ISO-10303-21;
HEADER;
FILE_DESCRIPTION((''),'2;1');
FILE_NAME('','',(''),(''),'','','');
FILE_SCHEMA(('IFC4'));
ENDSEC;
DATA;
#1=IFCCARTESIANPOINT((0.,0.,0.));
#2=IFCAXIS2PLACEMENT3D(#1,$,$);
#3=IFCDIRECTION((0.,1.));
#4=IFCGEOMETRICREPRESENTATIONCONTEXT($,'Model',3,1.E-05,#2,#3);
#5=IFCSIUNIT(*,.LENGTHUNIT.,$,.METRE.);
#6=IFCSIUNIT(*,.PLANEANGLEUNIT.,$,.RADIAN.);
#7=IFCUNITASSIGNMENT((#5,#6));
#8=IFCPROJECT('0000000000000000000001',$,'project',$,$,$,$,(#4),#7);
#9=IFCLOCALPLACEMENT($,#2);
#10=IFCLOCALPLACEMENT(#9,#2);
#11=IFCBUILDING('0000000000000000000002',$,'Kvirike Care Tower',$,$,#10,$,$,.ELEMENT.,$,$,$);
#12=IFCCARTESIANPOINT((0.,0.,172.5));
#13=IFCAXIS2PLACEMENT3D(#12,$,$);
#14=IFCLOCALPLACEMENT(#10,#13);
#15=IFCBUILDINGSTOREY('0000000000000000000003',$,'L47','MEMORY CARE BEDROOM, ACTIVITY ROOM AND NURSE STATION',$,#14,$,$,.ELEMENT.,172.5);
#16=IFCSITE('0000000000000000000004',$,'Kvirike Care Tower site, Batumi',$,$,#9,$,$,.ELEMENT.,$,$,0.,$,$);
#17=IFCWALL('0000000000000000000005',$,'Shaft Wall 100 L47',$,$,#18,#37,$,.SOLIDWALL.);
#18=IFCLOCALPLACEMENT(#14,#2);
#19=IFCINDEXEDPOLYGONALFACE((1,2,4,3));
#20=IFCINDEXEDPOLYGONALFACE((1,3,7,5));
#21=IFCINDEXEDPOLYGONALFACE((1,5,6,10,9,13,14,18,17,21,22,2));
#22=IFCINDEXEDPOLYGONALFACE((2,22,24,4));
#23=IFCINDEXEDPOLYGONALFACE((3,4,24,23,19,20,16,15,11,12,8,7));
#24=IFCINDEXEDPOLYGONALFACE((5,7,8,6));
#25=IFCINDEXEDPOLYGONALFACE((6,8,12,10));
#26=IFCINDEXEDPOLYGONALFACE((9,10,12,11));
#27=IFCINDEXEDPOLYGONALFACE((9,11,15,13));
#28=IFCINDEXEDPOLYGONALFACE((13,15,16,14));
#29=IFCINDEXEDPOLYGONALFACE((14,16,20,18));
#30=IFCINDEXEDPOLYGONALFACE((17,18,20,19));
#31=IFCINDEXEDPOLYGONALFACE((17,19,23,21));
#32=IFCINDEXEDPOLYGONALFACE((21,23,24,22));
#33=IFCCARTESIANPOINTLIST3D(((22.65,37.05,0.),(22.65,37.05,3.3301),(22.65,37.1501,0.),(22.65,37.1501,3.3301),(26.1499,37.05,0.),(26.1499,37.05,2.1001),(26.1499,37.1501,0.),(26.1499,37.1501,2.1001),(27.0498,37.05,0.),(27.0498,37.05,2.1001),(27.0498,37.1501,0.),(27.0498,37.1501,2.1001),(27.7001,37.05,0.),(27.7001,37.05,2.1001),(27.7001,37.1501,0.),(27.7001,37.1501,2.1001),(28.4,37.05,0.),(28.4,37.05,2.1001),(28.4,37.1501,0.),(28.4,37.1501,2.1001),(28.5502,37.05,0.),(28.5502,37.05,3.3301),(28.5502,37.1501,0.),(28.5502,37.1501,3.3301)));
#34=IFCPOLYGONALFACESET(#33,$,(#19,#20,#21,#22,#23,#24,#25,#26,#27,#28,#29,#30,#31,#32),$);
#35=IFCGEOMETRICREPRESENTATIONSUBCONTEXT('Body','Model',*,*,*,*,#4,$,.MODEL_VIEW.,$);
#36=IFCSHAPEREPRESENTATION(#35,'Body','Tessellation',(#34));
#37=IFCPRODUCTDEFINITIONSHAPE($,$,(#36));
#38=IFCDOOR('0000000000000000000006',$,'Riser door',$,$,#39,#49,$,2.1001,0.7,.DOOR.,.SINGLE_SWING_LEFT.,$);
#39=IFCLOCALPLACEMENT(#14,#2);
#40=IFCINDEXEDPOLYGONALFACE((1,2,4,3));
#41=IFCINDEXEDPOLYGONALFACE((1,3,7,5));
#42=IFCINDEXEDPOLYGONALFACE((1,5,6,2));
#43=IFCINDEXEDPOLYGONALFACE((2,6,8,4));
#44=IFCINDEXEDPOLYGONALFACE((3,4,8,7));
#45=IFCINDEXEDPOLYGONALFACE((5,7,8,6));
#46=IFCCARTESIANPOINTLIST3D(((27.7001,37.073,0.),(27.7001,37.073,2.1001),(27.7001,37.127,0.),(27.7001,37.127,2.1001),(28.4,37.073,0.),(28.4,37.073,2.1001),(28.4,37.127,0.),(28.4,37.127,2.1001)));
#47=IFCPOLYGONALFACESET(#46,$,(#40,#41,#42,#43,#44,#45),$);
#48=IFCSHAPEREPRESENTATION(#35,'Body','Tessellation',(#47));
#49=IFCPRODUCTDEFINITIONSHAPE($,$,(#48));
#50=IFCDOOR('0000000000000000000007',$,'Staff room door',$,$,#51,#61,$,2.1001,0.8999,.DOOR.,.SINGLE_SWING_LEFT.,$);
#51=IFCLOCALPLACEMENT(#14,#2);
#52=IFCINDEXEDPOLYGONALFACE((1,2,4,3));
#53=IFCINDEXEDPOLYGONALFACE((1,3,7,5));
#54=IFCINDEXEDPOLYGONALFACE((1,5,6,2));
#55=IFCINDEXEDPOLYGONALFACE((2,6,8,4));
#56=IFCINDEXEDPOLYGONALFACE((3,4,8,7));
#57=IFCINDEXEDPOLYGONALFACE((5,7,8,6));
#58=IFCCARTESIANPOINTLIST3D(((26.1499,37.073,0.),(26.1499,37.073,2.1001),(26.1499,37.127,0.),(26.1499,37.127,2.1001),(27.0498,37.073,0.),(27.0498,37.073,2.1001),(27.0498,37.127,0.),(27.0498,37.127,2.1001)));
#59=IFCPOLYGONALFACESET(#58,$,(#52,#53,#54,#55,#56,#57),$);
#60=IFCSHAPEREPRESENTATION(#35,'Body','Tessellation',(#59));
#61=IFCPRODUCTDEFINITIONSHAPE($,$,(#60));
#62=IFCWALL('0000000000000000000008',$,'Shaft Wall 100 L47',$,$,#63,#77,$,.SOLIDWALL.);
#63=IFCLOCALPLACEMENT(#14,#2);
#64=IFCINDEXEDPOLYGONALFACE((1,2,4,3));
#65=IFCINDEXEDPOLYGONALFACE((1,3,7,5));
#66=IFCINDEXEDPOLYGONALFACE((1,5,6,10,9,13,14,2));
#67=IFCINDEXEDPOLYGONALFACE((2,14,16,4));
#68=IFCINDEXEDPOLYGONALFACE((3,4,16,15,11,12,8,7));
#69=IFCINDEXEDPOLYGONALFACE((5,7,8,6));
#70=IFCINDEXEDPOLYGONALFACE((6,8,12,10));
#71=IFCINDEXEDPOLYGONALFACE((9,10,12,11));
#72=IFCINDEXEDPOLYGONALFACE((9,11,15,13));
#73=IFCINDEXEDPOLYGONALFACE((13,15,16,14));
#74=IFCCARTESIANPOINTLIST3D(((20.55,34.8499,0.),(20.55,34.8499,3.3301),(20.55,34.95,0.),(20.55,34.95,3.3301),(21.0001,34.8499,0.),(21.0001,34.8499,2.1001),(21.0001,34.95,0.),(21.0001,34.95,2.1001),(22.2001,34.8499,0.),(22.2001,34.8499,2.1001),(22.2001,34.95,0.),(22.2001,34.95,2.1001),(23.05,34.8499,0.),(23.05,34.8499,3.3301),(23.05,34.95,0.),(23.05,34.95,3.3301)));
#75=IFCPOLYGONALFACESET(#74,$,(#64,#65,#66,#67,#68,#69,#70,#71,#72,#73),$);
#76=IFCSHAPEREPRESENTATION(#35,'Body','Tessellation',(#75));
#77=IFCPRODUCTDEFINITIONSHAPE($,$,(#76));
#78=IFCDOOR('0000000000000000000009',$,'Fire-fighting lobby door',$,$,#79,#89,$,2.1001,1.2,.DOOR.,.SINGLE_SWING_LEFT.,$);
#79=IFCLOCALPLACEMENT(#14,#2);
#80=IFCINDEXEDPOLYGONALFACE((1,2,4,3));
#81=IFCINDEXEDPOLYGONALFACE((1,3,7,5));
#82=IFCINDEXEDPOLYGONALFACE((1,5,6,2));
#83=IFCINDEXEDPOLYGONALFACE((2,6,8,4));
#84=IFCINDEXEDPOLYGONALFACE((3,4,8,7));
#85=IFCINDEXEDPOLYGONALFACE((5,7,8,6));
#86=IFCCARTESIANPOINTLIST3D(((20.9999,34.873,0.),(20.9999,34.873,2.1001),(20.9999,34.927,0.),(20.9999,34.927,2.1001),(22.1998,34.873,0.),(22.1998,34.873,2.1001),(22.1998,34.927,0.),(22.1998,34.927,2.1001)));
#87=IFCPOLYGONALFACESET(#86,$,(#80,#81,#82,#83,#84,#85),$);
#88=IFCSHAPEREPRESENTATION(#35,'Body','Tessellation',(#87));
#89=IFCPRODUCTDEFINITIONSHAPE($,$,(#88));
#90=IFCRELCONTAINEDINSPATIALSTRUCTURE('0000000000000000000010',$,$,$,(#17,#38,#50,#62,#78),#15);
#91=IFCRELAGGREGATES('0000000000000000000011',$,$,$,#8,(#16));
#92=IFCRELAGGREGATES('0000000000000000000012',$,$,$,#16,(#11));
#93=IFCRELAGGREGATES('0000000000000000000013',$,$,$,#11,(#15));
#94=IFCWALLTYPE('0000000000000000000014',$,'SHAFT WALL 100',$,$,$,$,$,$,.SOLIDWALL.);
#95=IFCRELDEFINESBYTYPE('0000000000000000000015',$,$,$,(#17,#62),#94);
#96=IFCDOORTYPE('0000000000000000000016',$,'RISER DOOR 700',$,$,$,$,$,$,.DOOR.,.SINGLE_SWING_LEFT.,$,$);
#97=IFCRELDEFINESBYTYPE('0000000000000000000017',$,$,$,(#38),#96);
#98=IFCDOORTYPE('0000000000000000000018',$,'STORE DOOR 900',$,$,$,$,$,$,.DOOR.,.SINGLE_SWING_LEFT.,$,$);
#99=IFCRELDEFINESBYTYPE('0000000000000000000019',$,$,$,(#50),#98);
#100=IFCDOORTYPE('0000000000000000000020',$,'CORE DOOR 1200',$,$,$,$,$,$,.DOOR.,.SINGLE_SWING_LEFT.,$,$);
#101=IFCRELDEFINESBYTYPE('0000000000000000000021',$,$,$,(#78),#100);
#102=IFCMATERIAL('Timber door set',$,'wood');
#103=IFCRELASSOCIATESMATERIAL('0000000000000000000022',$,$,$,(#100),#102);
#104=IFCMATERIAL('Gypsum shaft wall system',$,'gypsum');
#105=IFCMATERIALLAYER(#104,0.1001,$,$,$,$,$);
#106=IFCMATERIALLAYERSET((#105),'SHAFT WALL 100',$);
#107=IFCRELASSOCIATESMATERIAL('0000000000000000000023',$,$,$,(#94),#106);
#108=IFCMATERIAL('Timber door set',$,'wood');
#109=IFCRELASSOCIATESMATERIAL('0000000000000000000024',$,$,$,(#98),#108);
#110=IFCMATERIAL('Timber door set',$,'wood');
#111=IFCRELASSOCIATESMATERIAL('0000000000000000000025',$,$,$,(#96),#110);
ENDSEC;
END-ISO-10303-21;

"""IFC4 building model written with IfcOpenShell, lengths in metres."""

from ifc_helpers import new_model, si_unit, direction, frame, frame_2d, origin, place, context, subcontext, project, spatial, rectangle, extrude, material, layer, layer_set, type_object, element, fill, save


model = new_model("IFC4")

# Units and contexts
model_context = context("Model", 3, precision=1e-05, world=origin(), true_north=direction((0.0, 1.0)))
body_context = subcontext(model_context, "Body", "Model", "MODEL_VIEW")
ifc_project = project(units=[si_unit("LENGTHUNIT", "METRE"), si_unit("PLANEANGLEUNIT", "RADIAN")], contexts=[model_context])

# Site, building, storey
site_placement = place(None, origin())
site = spatial("IfcSite", under=ifc_project, at=site_placement, Name="Kvirike Care Tower site, Batumi", CompositionType="ELEMENT", RefElevation=0.0)
building_placement = place(site_placement, origin())
building = spatial("IfcBuilding", under=site, at=building_placement, Name="Kvirike Care Tower", CompositionType="ELEMENT")
storey_placement = place(building_placement, frame((0.0, 0.0, 172.5)))
storey = spatial("IfcBuildingStorey", under=building, at=storey_placement, Name="L47", Description="MEMORY CARE BEDROOM, ACTIVITY ROOM AND NURSE STATION", CompositionType="ELEMENT", Elevation=172.5)

# Shared definitions
ifc_material_1 = material(Name="Timber door set", Category="wood")
door_type_1 = type_object("IfcDoorType", Name="CORE DOOR 1200", OperationType="SINGLE_SWING_LEFT", PredefinedType="DOOR", material=ifc_material_1)

# Shared definitions
ifc_material_2 = material(Name="Gypsum shaft wall system", Category="gypsum")
ifc_layer_1 = layer(ifc_material_2, 0.1001)
ifc_layer_set_1 = layer_set([ifc_layer_1], Name="SHAFT WALL 100")
wall_type_1 = type_object("IfcWallType", Name="SHAFT WALL 100", PredefinedType="SOLIDWALL", material=ifc_layer_set_1)

# Shared definitions
ifc_material_3 = material(Name="Timber door set", Category="wood")
door_type_2 = type_object("IfcDoorType", Name="STORE DOOR 900", OperationType="SINGLE_SWING_LEFT", PredefinedType="DOOR", material=ifc_material_3)

# Wall, openings, doors
wall_1_placement = place(storey_placement, frame((22.6499, 37.1001, 0.0), z_axis=(0.0, 0.0, 1.0), x_axis=(1.0, 0.0, 0.0)))
wall_1 = element("IfcWall", 1, at=wall_1_placement, inside=storey, type_object=wall_type_1, Name="Shaft Wall 100 L47", PredefinedType="SOLIDWALL", context=body_context, shape_type="SweptSolid", body=[
    extrude(rectangle(XDim=5.9001, YDim=0.1001, at=frame_2d((2.9502, 0.0))), origin(), (0.0, 0.0, 1.0), 3.3301),
])
opening_1_placement = place(wall_1_placement, frame((3.5, 0.0, 0.0)))
opening_1 = element("IfcOpeningElement", 2, at=opening_1_placement, cuts=wall_1, PredefinedType="OPENING", context=body_context, shape_type="SweptSolid", body=[
    extrude(rectangle(XDim=0.8999, YDim=2.1001, at=frame_2d((0.45, 1.05))), frame((0.0, 0.0605, 0.0), z_axis=(0.0, -1.0, 0.0), x_axis=(1.0, 0.0, 0.0)), (0.0, 0.0, 1.0), 0.1211),
])
opening_2_placement = place(wall_1_placement, frame((5.05, 0.0, 0.0)))
opening_2 = element("IfcOpeningElement", 3, at=opening_2_placement, cuts=wall_1, PredefinedType="OPENING", context=body_context, shape_type="SweptSolid", body=[
    extrude(rectangle(XDim=0.7, YDim=2.1001, at=frame_2d((0.3501, 1.05))), frame((0.0, 0.0605, 0.0), z_axis=(0.0, -1.0, 0.0), x_axis=(1.0, 0.0, 0.0)), (0.0, 0.0, 1.0), 0.1211),
])
ifc_material_4 = material(Name="Timber door set", Category="wood")
door_type_3 = type_object("IfcDoorType", Name="RISER DOOR 700", OperationType="SINGLE_SWING_LEFT", PredefinedType="DOOR", material=ifc_material_4)
door_1_placement = place(opening_2_placement, origin())
door_1 = element("IfcDoor", 4, at=door_1_placement, inside=storey, type_object=door_type_3, Name="Riser door", OperationType="SINGLE_SWING_LEFT", OverallHeight=2.1001, OverallWidth=0.7, PredefinedType="DOOR", context=body_context, shape_type="SweptSolid", body=[
    extrude(rectangle(XDim=0.7, YDim=2.1001, at=frame_2d((0.3501, 1.05))), frame((0.0, 0.0269, 0.0), z_axis=(0.0, -1.0, 0.0), x_axis=(1.0, 0.0, 0.0)), (0.0, 0.0, 1.0), 0.054),
])
fill(opening_2, door_1)
door_2_placement = place(opening_1_placement, origin())
door_2 = element("IfcDoor", 5, at=door_2_placement, inside=storey, type_object=door_type_2, Name="Staff room door", OperationType="SINGLE_SWING_LEFT", OverallHeight=2.1001, OverallWidth=0.8999, PredefinedType="DOOR", context=body_context, shape_type="SweptSolid", body=[
    extrude(rectangle(XDim=0.8999, YDim=2.1001, at=frame_2d((0.45, 1.05))), frame((0.0, 0.0269, 0.0), z_axis=(0.0, -1.0, 0.0), x_axis=(1.0, 0.0, 0.0)), (0.0, 0.0, 1.0), 0.054),
])
fill(opening_1, door_2)

# Wall, opening, door
wall_2_placement = place(storey_placement, frame((20.55, 34.8999, 0.0), z_axis=(0.0, 0.0, 1.0), x_axis=(1.0, 0.0, 0.0)))
wall_2 = element("IfcWall", 6, at=wall_2_placement, inside=storey, type_object=wall_type_1, Name="Shaft Wall 100 L47", PredefinedType="SOLIDWALL", context=body_context, shape_type="SweptSolid", body=[
    extrude(rectangle(XDim=2.5, YDim=0.1001, at=frame_2d((1.25, 0.0))), origin(), (0.0, 0.0, 1.0), 3.3301),
])
opening_3_placement = place(wall_2_placement, frame((0.45, 0.0, 0.0)))
opening_3 = element("IfcOpeningElement", 7, at=opening_3_placement, cuts=wall_2, PredefinedType="OPENING", context=body_context, shape_type="SweptSolid", body=[
    extrude(rectangle(XDim=1.2, YDim=2.1001, at=frame_2d((0.6001, 1.05))), frame((0.0, 0.0605, 0.0), z_axis=(0.0, -1.0, 0.0), x_axis=(1.0, 0.0, 0.0)), (0.0, 0.0, 1.0), 0.1211),
])
door_3_placement = place(opening_3_placement, frame((1.2, 0.0, 0.0), z_axis=(0.0, 0.0, 1.0), x_axis=(-1.0, 0.0, 0.0)))
door_3 = element("IfcDoor", 8, at=door_3_placement, inside=storey, type_object=door_type_1, Name="Fire-fighting lobby door", OperationType="SINGLE_SWING_LEFT", OverallHeight=2.1001, OverallWidth=1.2, PredefinedType="DOOR", context=body_context, shape_type="SweptSolid", body=[
    extrude(rectangle(XDim=1.2, YDim=2.1001, at=frame_2d((0.6001, 1.05))), frame((0.0, 0.0269, 0.0), z_axis=(0.0, -1.0, 0.0), x_axis=(1.0, 0.0, 0.0)), (0.0, 0.0, 1.0), 0.054),
])
fill(opening_3, door_3)

save(model, "model.ifc")
